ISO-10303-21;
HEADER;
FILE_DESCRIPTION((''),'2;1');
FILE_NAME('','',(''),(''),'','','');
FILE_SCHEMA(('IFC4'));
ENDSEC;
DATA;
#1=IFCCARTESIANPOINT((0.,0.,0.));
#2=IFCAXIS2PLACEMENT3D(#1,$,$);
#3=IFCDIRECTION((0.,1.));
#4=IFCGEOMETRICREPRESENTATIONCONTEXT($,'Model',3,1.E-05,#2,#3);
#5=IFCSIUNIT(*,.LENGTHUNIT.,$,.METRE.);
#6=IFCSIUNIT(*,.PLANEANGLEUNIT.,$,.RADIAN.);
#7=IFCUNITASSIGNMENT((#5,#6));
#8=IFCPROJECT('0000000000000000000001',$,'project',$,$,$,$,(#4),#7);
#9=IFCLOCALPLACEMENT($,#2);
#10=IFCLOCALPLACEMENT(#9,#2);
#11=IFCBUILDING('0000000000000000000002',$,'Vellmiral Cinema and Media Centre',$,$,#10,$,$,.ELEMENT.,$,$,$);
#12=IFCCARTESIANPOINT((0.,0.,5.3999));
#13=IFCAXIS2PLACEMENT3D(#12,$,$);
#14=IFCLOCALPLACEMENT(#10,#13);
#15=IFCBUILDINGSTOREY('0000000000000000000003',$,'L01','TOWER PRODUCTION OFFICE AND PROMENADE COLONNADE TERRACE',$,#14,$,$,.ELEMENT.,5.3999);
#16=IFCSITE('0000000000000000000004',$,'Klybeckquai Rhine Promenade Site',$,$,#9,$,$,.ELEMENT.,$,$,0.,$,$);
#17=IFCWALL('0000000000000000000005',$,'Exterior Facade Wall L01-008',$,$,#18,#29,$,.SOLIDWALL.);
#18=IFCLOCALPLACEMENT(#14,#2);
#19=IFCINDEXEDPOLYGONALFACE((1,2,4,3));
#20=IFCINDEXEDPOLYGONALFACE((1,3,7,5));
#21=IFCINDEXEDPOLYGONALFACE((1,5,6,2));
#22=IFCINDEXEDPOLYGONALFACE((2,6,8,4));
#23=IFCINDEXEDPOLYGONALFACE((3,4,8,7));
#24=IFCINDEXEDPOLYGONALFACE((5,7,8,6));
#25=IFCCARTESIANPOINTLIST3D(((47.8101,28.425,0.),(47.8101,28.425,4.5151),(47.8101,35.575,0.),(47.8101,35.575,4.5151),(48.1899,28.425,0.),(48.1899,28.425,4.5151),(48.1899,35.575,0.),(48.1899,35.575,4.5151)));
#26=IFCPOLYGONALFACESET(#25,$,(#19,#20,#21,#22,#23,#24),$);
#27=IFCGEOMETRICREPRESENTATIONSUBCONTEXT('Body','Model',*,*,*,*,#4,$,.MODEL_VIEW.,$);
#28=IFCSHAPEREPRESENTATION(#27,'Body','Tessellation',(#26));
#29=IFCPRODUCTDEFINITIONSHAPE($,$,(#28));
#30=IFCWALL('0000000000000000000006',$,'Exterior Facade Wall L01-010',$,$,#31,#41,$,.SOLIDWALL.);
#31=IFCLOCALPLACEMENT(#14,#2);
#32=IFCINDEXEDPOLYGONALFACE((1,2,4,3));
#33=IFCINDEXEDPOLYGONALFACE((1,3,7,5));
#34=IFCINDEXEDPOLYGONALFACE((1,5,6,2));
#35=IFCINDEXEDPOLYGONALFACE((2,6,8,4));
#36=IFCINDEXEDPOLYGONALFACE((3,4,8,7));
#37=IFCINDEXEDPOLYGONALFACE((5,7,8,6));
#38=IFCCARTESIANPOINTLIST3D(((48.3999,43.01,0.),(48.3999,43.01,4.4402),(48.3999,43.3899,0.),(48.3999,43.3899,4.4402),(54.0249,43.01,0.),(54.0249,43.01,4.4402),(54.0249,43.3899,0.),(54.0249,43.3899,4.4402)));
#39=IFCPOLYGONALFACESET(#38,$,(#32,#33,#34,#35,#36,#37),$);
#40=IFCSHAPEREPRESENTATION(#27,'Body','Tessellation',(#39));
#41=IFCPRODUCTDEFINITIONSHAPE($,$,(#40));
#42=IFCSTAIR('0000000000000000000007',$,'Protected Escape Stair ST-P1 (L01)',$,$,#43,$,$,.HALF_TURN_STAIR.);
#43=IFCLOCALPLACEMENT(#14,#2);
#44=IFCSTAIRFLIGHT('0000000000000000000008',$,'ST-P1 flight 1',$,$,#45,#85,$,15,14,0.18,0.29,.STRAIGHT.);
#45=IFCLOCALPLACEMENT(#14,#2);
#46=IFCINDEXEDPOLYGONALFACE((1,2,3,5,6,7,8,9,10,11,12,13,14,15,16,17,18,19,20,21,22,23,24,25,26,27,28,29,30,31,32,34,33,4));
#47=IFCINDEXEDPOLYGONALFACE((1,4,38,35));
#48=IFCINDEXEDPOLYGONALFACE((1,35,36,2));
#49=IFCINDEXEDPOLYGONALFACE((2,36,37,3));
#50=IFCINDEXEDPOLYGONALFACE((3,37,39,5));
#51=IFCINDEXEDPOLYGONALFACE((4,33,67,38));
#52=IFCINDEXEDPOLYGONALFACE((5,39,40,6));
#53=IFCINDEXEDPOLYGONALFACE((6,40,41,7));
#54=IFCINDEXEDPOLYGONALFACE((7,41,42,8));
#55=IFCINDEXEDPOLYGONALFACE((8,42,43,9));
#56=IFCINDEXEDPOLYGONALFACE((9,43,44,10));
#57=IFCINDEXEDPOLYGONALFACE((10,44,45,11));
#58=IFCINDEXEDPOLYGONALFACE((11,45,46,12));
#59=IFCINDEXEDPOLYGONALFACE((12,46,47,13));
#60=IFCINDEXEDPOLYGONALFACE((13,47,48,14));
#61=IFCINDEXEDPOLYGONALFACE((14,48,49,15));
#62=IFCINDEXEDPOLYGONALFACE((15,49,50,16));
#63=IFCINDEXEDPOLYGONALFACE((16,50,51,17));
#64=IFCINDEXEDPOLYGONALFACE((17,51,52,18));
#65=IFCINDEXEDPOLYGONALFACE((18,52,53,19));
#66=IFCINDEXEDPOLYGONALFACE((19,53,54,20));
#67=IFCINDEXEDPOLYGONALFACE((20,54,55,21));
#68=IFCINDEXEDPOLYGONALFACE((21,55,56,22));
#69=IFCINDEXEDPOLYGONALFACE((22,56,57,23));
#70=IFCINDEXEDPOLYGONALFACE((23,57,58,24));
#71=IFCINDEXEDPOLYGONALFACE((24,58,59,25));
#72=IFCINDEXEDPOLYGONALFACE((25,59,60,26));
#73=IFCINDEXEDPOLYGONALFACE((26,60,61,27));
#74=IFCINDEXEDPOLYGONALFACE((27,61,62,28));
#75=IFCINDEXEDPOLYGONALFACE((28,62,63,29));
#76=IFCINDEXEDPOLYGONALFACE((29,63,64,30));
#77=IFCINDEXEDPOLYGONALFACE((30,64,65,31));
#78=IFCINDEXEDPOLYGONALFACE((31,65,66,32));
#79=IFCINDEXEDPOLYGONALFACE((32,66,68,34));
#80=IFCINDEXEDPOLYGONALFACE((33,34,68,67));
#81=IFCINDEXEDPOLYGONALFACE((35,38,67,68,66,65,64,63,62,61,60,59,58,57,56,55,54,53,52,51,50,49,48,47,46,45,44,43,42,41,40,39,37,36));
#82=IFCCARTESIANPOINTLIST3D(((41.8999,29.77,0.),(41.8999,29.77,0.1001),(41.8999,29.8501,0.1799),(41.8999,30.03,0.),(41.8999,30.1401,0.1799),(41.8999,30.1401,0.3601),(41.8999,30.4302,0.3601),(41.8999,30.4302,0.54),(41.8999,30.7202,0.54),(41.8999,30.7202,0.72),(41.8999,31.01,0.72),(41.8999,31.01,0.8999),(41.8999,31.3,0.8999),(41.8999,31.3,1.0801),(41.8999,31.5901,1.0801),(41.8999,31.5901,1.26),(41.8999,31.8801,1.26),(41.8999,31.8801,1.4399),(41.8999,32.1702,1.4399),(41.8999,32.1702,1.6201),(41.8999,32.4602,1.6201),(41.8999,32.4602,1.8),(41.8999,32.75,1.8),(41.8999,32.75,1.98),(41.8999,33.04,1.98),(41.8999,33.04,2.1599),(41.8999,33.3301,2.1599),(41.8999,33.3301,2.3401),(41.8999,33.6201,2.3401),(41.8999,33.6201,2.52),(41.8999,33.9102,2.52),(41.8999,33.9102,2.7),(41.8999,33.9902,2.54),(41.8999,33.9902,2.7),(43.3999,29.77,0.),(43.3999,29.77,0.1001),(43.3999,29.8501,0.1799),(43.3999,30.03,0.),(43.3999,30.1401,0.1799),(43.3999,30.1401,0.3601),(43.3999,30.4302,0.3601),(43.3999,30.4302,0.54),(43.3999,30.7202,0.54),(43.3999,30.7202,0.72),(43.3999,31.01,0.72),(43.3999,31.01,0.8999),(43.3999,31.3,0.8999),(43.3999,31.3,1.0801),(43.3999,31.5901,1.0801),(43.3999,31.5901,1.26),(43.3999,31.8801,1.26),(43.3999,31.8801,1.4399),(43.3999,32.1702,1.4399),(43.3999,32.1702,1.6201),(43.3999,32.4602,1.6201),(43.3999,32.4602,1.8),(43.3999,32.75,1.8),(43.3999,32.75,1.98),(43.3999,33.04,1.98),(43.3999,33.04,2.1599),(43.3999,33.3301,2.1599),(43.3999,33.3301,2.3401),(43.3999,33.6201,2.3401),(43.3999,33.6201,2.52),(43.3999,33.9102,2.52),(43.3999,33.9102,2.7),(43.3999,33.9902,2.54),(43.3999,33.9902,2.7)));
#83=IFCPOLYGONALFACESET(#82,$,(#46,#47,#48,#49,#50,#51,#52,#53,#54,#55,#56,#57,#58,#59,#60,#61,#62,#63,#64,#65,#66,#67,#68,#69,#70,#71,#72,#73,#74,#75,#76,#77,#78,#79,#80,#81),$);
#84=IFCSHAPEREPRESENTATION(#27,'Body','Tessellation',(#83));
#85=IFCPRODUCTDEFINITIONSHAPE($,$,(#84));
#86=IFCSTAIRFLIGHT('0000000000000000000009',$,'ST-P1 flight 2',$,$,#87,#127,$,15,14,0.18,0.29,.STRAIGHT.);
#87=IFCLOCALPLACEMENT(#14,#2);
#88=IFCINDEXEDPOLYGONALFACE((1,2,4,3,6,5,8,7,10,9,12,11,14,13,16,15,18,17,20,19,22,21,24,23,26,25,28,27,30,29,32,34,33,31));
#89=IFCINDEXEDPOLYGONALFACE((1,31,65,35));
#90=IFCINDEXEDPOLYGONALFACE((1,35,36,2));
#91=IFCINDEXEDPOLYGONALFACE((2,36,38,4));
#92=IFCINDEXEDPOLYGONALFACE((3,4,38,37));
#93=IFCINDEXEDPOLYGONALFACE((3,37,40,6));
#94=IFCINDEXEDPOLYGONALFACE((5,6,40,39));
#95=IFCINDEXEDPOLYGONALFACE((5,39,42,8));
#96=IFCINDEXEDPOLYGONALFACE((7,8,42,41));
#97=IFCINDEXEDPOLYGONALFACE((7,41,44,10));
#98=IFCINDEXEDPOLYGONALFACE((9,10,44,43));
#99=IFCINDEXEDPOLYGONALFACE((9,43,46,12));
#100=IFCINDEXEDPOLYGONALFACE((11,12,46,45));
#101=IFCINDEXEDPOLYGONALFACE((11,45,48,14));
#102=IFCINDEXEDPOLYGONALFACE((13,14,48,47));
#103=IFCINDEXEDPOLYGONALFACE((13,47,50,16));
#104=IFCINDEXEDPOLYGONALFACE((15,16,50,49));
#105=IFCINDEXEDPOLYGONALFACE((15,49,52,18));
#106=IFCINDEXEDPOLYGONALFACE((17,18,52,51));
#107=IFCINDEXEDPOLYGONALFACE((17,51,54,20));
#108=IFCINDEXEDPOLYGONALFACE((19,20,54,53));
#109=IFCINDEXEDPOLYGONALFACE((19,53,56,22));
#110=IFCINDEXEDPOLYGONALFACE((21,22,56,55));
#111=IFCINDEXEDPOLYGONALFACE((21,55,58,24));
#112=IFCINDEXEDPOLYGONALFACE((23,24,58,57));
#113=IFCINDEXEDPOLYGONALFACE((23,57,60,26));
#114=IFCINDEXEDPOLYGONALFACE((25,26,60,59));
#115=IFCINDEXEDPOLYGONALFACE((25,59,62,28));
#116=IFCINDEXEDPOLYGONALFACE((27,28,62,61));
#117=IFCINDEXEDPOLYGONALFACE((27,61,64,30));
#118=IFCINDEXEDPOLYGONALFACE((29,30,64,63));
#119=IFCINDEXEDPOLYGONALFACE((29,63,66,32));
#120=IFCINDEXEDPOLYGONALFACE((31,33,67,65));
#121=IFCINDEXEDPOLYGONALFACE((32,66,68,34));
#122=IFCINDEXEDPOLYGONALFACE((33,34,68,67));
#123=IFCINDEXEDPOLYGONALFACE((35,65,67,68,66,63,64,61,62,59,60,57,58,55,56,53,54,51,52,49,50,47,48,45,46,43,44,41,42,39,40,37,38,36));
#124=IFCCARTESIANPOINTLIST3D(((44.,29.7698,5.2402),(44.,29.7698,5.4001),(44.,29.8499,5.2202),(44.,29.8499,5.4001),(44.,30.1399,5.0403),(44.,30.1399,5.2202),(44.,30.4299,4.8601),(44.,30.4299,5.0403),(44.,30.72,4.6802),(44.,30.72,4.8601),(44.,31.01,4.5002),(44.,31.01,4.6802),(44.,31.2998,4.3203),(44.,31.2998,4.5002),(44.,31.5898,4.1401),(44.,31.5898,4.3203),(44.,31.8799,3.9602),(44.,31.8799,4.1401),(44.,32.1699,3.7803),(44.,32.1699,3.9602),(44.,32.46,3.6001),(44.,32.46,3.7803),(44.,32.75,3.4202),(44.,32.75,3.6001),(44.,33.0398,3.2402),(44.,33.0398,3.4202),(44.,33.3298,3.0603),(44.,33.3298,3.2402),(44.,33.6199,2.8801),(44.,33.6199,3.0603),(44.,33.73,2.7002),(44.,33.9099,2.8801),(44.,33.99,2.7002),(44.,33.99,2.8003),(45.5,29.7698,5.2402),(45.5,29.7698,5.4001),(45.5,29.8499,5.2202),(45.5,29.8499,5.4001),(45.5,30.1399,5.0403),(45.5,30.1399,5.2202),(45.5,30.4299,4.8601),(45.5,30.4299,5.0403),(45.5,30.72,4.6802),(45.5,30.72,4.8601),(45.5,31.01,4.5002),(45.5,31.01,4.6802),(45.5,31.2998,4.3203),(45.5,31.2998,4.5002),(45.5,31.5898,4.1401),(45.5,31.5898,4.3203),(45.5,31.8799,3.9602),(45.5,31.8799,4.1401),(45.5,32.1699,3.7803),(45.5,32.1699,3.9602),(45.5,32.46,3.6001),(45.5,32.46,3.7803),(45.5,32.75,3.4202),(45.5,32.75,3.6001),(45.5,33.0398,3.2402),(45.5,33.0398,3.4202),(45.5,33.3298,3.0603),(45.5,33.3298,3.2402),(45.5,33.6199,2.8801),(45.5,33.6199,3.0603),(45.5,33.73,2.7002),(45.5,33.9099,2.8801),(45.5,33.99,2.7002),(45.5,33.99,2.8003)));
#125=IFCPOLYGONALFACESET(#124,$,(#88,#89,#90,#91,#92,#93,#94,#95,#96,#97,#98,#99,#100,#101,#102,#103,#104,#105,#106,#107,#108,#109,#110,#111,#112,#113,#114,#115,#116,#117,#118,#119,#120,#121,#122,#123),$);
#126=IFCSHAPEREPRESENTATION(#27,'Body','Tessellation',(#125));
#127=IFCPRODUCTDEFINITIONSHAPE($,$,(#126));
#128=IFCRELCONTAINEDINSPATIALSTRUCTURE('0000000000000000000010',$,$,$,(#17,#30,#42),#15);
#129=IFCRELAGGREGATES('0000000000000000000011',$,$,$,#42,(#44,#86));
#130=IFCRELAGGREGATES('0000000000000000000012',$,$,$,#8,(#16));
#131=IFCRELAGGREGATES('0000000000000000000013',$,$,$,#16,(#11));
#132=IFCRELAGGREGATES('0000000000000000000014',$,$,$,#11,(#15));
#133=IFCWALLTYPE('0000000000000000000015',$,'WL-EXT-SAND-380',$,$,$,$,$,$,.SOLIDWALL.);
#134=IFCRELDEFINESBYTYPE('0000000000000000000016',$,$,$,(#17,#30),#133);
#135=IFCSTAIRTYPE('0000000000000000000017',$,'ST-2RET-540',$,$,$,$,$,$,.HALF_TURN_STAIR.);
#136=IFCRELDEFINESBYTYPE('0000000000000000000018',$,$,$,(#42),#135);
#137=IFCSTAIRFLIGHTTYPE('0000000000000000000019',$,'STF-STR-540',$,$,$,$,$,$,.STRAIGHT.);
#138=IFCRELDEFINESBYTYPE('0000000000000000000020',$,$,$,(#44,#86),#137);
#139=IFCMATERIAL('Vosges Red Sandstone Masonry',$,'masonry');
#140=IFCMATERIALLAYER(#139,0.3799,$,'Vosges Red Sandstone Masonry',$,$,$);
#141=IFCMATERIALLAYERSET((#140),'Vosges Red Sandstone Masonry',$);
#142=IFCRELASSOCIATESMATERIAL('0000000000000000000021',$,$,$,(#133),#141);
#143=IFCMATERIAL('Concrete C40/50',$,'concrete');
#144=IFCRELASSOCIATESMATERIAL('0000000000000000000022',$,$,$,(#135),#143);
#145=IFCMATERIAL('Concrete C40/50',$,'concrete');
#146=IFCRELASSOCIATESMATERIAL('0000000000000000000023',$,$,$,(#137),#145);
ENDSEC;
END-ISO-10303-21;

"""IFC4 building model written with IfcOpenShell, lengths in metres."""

from ifc_helpers import new_model, si_unit, direction, frame, frame_2d, origin, place, context, subcontext, project, spatial, polyline, rectangle, outline, extrude, material, layer, layer_set, type_object, element, aggregate, save


model = new_model("IFC4")

# Units and contexts
model_context = context("Model", 3, precision=1e-05, world=origin(), true_north=direction((0.0, 1.0)))
body_context = subcontext(model_context, "Body", "Model", "MODEL_VIEW")
ifc_project = project(units=[si_unit("LENGTHUNIT", "METRE"), si_unit("PLANEANGLEUNIT", "RADIAN")], contexts=[model_context])

# Site, building, storey
site_placement = place(None, origin())
site = spatial("IfcSite", under=ifc_project, at=site_placement, Name="Klybeckquai Rhine Promenade Site", CompositionType="ELEMENT", RefElevation=0.0)
building_placement = place(site_placement, origin())
building = spatial("IfcBuilding", under=site, at=building_placement, Name="Vellmiral Cinema and Media Centre", CompositionType="ELEMENT")
storey_placement = place(building_placement, frame((0.0, 0.0, 5.3999)))
storey = spatial("IfcBuildingStorey", under=building, at=storey_placement, Name="L01", Description="TOWER PRODUCTION OFFICE AND PROMENADE COLONNADE TERRACE", CompositionType="ELEMENT", Elevation=5.3999)

# Walls
ifc_material_1 = material(Name="Vosges Red Sandstone Masonry", Category="masonry")
ifc_layer_1 = layer(ifc_material_1, 0.3799, Name="Vosges Red Sandstone Masonry")
ifc_layer_set_1 = layer_set([ifc_layer_1], Name="Vosges Red Sandstone Masonry")
wall_type_1 = type_object("IfcWallType", Name="WL-EXT-SAND-380", PredefinedType="SOLIDWALL", material=ifc_layer_set_1)
wall_1_placement = place(storey_placement, frame((48.0, 28.425, 0.0), z_axis=(0.0, 0.0, 1.0), x_axis=(0.0, 1.0, 0.0)))
element("IfcWall", 1, at=wall_1_placement, inside=storey, type_object=wall_type_1, Name="Exterior Facade Wall L01-008", PredefinedType="SOLIDWALL", context=body_context, shape_type="SweptSolid", body=[
    extrude(rectangle(XDim=7.1499, YDim=0.3799, at=frame_2d((3.575, 0.0))), origin(), (0.0, 0.0, 1.0), 4.5151),
])
wall_2_placement = place(storey_placement, frame((48.3999, 43.2, 0.0), z_axis=(0.0, 0.0, 1.0), x_axis=(1.0, 0.0, 0.0)))
element("IfcWall", 2, at=wall_2_placement, inside=storey, type_object=wall_type_1, Name="Exterior Facade Wall L01-010", PredefinedType="SOLIDWALL", context=body_context, shape_type="SweptSolid", body=[
    extrude(rectangle(XDim=5.625, YDim=0.3799, at=frame_2d((2.8125, 0.0))), origin(), (0.0, 0.0, 1.0), 4.4402),
])

# Stair, stair flights
ifc_material_2 = material(Name="Concrete C40/50", Category="concrete")
stair_type = type_object("IfcStairType", Name="ST-2RET-540", PredefinedType="HALF_TURN_STAIR", material=ifc_material_2)
stair_placement = place(storey_placement, origin())
stair = element("IfcStair", 3, at=stair_placement, inside=storey, type_object=stair_type, Name="Protected Escape Stair ST-P1 (L01)", PredefinedType="HALF_TURN_STAIR")
ifc_material_3 = material(Name="Concrete C40/50", Category="concrete")
stair_flight_type = type_object("IfcStairFlightType", Name="STF-STR-540", PredefinedType="STRAIGHT", material=ifc_material_3)
stair_flight_1_placement = place(storey_placement, frame((42.6499, 29.8501, 0.0), z_axis=(0.0, 0.0, 1.0), x_axis=(0.0, 1.0, 0.0)))
stair_flight_1 = element("IfcStairFlight", 4, at=stair_flight_1_placement, type_object=stair_flight_type, Name="ST-P1 flight 1", NumberOfRisers=15, NumberOfTreads=14, PredefinedType="STRAIGHT", RiserHeight=0.18, TreadLength=0.29, context=body_context, shape_type="SweptSolid", body=[
    extrude(outline(polyline([(-0.0801, 0.0), (-0.0801, 0.1001), (0.0, 0.1799), (0.29, 0.1799), (0.29, 0.3601), (0.5801, 0.3601), (0.5801, 0.54), (0.8701, 0.54), (0.8701, 0.72), (1.1599, 0.72), (1.1599, 0.8999), (1.45, 0.8999), (1.45, 1.0801), (1.74, 1.0801), (1.74, 1.26), (2.03, 1.26), (2.03, 1.4399), (2.3201, 1.4399), (2.3201, 1.6201), (2.6101, 1.6201), (2.6101, 1.8), (2.8999, 1.8), (2.8999, 1.98), (3.1899, 1.98), (3.1899, 2.1599), (3.48, 2.1599), (3.48, 2.3401), (3.77, 2.3401), (3.77, 2.52), (4.0601, 2.52), (4.0601, 2.7), (4.1401, 2.7), (4.1401, 2.54), (0.1799, 0.0), (-0.0801, 0.0)])), frame((0.0, 0.75, 0.0), z_axis=(0.0, -1.0, 0.0), x_axis=(1.0, 0.0, 0.0)), (0.0, 0.0, 1.0), 1.5),
])
stair_flight_2_placement = place(storey_placement, frame((44.75, 33.9099, 2.7002), z_axis=(0.0, 0.0, 1.0), x_axis=(0.0, -1.0, 0.0)))
stair_flight_2 = element("IfcStairFlight", 5, at=stair_flight_2_placement, type_object=stair_flight_type, Name="ST-P1 flight 2", NumberOfRisers=15, NumberOfTreads=14, PredefinedType="STRAIGHT", RiserHeight=0.18, TreadLength=0.29, context=body_context, shape_type="SweptSolid", body=[
    extrude(outline(polyline([(-0.0801, 0.0), (-0.0801, 0.1001), (0.0, 0.1799), (0.29, 0.1799), (0.29, 0.3601), (0.5801, 0.3601), (0.5801, 0.54), (0.8701, 0.54), (0.8701, 0.72), (1.1599, 0.72), (1.1599, 0.8999), (1.45, 0.8999), (1.45, 1.0801), (1.74, 1.0801), (1.74, 1.26), (2.03, 1.26), (2.03, 1.4399), (2.3201, 1.4399), (2.3201, 1.6201), (2.6101, 1.6201), (2.6101, 1.8), (2.8999, 1.8), (2.8999, 1.98), (3.1899, 1.98), (3.1899, 2.1599), (3.48, 2.1599), (3.48, 2.3401), (3.77, 2.3401), (3.77, 2.52), (4.0601, 2.52), (4.0601, 2.7), (4.1401, 2.7), (4.1401, 2.54), (0.1799, 0.0), (-0.0801, 0.0)])), frame((0.0, 0.75, 0.0), z_axis=(0.0, -1.0, 0.0), x_axis=(1.0, 0.0, 0.0)), (0.0, 0.0, 1.0), 1.5),
])
aggregate(stair, [stair_flight_1, stair_flight_2])

save(model, "model.ifc")
